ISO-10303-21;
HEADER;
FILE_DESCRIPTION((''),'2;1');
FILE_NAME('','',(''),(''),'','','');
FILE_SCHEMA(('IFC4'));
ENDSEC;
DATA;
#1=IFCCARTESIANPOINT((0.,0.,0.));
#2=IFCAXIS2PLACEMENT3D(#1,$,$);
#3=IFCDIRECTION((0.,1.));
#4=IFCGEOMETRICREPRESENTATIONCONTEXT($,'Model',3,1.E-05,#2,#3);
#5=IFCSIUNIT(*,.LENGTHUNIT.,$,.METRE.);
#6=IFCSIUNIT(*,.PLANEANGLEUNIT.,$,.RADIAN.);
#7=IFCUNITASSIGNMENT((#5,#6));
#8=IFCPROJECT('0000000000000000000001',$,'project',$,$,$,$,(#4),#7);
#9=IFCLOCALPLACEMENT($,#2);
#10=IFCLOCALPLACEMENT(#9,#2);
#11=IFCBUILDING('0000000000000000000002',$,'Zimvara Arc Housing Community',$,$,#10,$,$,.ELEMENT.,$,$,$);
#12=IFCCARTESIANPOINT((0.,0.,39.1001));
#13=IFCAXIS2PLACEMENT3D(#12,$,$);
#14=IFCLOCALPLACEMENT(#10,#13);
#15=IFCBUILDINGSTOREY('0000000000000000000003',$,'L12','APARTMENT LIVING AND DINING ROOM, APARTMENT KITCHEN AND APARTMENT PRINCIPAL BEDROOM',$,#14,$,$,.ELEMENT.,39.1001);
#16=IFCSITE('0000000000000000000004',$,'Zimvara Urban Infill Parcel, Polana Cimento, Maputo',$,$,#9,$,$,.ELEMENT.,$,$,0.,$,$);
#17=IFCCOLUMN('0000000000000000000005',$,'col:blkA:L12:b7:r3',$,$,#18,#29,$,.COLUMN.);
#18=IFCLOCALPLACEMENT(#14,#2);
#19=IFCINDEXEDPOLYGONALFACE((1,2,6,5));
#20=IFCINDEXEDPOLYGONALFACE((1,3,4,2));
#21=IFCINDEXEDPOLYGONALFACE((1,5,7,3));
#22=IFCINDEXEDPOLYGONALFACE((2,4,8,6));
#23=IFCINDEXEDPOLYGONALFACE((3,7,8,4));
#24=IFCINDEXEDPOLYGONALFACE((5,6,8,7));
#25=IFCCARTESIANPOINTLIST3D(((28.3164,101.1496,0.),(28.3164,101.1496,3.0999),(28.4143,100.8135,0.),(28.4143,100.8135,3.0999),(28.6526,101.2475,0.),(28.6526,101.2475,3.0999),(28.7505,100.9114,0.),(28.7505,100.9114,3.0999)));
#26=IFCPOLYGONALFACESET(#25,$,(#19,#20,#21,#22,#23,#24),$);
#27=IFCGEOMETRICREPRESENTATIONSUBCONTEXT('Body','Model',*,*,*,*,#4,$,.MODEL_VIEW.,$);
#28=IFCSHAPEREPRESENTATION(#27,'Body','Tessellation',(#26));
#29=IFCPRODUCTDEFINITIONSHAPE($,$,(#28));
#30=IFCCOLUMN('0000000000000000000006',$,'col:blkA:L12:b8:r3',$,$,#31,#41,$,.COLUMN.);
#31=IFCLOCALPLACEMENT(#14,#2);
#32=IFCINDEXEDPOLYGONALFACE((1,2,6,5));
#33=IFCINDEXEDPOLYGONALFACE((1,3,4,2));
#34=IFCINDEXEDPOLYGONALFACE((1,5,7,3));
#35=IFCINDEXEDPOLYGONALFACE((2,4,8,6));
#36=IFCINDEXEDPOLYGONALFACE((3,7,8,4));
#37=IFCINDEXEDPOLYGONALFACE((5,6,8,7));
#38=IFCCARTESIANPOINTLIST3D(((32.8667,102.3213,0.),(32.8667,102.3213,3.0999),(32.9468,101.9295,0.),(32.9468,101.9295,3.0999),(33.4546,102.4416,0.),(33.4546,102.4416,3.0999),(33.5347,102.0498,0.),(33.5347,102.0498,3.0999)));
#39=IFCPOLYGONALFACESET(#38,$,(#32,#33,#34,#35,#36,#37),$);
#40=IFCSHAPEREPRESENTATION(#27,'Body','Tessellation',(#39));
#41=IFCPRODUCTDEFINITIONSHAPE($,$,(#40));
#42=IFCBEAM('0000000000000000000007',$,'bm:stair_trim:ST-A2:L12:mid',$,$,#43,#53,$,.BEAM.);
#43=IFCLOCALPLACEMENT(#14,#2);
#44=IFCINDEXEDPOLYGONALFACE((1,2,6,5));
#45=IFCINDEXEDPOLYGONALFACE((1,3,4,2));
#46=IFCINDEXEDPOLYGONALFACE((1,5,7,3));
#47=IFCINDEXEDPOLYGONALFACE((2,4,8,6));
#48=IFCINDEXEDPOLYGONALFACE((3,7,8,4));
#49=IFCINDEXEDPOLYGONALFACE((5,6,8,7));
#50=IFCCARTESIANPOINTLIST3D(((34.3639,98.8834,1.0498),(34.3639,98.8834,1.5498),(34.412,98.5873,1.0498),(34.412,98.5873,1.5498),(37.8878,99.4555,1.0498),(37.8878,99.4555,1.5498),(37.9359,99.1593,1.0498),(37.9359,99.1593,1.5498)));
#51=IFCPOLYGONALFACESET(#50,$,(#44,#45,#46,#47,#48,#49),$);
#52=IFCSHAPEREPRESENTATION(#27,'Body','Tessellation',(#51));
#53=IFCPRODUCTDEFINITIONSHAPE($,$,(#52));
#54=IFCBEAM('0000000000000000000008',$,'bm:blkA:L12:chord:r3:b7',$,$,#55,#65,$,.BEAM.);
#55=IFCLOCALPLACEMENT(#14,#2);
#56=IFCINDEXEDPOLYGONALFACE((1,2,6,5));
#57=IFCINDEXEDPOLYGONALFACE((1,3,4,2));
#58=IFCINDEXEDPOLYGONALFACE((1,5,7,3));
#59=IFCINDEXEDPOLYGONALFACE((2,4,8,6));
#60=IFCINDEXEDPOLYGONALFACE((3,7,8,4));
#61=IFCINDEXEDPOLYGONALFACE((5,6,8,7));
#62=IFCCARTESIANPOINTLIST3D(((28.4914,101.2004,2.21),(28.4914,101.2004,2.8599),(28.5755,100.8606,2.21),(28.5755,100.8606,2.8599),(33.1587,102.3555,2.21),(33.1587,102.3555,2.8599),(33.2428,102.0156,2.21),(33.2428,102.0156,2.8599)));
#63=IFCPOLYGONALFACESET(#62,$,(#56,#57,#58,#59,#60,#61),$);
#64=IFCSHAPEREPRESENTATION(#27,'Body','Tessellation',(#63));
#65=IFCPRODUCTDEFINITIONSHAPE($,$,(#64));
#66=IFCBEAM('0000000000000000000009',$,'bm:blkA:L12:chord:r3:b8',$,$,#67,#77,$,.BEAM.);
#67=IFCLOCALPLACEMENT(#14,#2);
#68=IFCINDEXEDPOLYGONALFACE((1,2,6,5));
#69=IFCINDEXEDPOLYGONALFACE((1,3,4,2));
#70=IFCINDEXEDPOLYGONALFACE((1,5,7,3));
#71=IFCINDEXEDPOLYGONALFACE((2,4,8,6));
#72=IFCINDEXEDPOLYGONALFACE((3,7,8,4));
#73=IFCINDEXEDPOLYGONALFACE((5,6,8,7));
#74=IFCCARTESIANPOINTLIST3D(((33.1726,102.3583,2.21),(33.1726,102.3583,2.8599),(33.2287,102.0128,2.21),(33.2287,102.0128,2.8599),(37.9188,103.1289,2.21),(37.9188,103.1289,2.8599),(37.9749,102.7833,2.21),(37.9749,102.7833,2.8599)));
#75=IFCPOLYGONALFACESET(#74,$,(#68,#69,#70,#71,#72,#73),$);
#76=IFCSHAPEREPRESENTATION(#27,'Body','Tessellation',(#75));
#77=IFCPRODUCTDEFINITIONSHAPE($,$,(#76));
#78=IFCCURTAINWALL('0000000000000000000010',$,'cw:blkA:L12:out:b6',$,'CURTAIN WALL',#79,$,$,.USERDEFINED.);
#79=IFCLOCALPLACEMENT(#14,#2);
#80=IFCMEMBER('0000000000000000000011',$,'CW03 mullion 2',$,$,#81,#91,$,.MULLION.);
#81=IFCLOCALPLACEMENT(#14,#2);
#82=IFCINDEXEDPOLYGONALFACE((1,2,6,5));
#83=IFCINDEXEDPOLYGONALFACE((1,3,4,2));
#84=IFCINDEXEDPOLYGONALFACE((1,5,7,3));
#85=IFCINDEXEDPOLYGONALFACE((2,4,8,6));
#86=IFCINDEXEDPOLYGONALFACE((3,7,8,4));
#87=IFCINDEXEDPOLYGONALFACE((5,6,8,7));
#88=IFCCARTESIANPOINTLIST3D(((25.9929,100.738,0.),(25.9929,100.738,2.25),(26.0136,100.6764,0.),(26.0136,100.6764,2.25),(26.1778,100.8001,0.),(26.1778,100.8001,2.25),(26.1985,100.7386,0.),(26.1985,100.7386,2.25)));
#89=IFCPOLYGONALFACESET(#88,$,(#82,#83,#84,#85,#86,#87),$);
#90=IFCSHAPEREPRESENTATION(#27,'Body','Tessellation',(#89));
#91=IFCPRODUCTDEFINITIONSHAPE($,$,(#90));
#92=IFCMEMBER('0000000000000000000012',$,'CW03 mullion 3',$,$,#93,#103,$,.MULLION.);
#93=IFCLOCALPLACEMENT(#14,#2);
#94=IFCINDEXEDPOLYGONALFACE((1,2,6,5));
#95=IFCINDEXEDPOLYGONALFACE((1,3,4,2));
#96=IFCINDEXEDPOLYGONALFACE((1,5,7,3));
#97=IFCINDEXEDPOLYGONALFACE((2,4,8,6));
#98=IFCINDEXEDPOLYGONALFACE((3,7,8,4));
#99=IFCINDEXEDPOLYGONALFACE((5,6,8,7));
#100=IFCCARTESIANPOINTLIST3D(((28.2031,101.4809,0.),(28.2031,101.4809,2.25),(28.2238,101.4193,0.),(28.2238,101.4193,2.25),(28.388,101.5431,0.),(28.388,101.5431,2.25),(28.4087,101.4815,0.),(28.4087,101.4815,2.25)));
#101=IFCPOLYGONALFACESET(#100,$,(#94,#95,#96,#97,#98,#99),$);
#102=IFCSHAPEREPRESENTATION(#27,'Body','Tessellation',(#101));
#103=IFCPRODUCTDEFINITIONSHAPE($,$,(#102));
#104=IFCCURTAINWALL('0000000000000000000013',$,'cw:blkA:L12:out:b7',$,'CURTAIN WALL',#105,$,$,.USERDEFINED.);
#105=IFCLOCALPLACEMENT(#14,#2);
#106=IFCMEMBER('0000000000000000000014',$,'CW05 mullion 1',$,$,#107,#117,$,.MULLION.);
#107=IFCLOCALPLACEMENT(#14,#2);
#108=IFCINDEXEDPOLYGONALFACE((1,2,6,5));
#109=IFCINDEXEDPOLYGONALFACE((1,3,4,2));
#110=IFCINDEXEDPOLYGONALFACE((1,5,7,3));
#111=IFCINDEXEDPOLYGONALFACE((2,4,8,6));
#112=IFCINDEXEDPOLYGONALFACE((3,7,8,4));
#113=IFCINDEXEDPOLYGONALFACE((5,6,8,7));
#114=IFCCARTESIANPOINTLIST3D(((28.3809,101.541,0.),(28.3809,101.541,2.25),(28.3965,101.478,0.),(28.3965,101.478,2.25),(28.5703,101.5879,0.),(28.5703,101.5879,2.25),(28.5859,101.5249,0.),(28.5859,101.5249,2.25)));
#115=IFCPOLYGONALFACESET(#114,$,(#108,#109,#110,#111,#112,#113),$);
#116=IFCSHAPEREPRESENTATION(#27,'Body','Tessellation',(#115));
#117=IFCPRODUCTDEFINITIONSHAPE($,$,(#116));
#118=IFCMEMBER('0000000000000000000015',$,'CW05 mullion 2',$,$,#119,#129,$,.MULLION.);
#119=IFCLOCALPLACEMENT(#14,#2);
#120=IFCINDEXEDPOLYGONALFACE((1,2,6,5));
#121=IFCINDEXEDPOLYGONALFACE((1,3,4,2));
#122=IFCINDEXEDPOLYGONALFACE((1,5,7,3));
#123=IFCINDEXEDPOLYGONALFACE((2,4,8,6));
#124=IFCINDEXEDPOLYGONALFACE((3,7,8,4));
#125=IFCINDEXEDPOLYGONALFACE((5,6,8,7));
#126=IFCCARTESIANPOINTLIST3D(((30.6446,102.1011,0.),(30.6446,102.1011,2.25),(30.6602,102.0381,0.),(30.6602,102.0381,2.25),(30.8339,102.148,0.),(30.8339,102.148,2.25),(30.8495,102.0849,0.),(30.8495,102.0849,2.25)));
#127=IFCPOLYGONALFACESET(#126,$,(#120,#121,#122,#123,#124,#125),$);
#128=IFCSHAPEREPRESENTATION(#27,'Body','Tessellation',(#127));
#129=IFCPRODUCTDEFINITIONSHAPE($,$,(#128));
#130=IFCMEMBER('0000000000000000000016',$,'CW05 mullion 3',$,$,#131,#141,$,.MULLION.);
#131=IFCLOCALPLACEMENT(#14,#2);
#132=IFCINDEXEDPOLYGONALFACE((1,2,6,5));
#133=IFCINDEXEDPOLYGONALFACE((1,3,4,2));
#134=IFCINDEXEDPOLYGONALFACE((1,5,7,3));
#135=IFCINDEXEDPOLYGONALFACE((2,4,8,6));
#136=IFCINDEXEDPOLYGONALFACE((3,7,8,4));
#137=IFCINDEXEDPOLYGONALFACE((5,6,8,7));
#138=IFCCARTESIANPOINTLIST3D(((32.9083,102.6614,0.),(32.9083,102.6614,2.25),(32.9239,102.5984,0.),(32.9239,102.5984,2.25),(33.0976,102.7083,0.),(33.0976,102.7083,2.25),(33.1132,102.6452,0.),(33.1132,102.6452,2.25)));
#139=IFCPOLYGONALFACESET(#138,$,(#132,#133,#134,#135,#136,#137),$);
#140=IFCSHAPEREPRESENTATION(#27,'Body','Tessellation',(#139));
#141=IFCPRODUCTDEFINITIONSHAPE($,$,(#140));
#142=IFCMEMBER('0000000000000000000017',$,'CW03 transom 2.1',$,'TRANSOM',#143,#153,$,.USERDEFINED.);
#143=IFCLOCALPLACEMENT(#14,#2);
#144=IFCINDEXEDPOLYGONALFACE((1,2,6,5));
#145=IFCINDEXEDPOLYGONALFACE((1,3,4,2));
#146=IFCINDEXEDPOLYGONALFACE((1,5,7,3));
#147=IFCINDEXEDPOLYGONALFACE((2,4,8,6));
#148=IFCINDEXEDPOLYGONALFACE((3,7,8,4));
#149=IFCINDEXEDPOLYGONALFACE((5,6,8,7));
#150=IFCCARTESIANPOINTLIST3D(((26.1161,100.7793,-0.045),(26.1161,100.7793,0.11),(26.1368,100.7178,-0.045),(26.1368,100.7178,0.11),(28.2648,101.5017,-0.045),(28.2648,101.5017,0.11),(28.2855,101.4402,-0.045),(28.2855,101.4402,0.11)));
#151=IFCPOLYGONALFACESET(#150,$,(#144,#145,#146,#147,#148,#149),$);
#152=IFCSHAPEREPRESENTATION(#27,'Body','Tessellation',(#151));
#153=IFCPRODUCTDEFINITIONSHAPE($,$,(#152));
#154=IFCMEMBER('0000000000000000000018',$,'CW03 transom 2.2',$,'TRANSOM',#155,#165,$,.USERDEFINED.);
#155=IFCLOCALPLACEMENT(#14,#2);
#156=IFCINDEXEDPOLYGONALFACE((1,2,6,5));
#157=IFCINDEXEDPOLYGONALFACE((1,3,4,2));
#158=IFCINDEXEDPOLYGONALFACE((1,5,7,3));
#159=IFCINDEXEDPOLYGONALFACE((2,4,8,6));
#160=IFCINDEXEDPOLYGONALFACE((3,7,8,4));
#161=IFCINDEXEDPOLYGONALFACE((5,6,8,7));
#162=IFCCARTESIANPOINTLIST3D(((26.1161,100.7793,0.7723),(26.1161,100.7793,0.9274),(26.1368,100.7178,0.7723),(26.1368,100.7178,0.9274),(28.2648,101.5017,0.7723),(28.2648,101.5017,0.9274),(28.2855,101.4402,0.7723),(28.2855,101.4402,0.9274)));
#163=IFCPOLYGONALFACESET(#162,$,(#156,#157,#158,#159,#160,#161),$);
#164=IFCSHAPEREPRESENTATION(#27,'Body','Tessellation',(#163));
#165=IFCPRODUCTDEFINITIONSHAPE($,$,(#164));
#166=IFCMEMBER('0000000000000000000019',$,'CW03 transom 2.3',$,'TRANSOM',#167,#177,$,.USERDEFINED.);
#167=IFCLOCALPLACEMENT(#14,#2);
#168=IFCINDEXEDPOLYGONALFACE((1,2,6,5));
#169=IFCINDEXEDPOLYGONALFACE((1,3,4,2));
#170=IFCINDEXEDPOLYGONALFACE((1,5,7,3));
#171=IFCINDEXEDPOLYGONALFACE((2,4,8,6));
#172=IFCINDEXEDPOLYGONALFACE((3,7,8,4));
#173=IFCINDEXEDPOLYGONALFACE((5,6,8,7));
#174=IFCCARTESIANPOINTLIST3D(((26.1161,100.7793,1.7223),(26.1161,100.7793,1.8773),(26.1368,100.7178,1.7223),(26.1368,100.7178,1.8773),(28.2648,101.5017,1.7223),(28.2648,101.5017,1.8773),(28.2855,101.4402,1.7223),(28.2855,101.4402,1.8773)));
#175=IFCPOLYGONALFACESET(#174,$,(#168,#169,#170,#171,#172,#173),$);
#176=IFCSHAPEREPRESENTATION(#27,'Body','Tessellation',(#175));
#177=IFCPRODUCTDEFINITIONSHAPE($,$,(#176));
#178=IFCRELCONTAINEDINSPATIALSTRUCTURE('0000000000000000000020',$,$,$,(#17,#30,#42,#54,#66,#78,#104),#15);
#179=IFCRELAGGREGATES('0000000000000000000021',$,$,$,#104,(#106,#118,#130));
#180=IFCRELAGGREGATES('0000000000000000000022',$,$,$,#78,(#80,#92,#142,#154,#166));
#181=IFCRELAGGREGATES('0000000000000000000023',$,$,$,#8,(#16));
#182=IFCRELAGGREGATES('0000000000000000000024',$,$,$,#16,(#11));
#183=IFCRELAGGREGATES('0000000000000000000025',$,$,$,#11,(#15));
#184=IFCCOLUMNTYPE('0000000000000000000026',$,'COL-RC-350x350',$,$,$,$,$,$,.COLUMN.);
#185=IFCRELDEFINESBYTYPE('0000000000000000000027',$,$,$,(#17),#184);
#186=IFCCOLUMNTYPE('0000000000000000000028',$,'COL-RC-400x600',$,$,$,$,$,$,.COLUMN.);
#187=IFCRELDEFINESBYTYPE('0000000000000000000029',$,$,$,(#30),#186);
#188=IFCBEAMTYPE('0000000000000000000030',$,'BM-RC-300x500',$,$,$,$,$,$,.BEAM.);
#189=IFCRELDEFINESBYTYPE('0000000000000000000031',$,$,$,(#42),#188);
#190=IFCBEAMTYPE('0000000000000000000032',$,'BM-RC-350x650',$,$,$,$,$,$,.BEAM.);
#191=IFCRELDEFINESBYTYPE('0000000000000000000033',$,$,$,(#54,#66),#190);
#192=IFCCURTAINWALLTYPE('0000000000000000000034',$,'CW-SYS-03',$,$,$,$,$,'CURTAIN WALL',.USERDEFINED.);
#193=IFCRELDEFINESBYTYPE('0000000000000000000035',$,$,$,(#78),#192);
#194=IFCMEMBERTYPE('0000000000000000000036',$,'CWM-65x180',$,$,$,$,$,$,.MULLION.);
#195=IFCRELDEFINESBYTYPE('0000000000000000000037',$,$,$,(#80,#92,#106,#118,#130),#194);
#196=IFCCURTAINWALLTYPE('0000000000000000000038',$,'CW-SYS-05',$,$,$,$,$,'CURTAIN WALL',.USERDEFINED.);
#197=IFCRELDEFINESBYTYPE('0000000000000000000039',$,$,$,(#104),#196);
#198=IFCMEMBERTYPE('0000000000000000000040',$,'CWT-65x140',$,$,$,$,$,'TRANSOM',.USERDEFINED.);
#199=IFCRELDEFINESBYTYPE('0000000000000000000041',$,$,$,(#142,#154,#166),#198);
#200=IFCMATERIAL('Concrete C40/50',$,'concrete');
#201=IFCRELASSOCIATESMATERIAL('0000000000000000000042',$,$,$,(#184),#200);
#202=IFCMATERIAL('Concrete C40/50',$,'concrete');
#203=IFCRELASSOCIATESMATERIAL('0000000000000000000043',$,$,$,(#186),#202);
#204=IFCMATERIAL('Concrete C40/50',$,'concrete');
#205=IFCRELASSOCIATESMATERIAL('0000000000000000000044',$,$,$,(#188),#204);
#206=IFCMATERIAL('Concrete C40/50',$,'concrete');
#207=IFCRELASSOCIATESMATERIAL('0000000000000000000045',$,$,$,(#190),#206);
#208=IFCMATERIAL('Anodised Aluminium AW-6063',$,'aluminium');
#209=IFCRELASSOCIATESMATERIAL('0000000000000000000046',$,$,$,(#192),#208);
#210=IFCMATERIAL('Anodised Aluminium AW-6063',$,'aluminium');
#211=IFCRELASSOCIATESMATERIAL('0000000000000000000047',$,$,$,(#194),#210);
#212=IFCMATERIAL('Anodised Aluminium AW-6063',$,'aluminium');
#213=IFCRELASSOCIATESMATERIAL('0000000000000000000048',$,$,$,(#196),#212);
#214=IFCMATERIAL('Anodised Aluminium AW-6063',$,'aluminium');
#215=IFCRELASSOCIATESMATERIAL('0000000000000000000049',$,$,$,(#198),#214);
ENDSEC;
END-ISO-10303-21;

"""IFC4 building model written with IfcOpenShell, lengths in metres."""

from ifc_helpers import new_model, si_unit, direction, frame, origin, origin_2d, place, context, subcontext, project, spatial, rectangle, extrude, material, material_profile, profile_set, type_object, element, aggregate, save


model = new_model("IFC4")

# Units and contexts
model_context = context("Model", 3, precision=1e-05, world=origin(), true_north=direction((0.0, 1.0)))
body_context = subcontext(model_context, "Body", "Model", "MODEL_VIEW")
ifc_project = project(units=[si_unit("LENGTHUNIT", "METRE"), si_unit("PLANEANGLEUNIT", "RADIAN")], contexts=[model_context])

# Site, building, storey
site_placement = place(None, origin())
site = spatial("IfcSite", under=ifc_project, at=site_placement, Name="Zimvara Urban Infill Parcel, Polana Cimento, Maputo", CompositionType="ELEMENT", RefElevation=0.0)
building_placement = place(site_placement, origin())
building = spatial("IfcBuilding", under=site, at=building_placement, Name="Zimvara Arc Housing Community", CompositionType="ELEMENT")
storey_placement = place(building_placement, frame((0.0, 0.0, 39.1001)))
storey = spatial("IfcBuildingStorey", under=building, at=storey_placement, Name="L12", Description="APARTMENT LIVING AND DINING ROOM, APARTMENT KITCHEN AND APARTMENT PRINCIPAL BEDROOM", CompositionType="ELEMENT", Elevation=39.1001)

# Columns
ifc_material_1 = material(Name="Concrete C40/50", Category="concrete")
ifc_material_profile_1 = material_profile(ifc_material_1, rectangle(XDim=0.3501, YDim=0.3501, at=origin_2d()), Name="RC 350x350")
ifc_profile_set_1 = profile_set([ifc_material_profile_1], Name="Concrete C40/50")
column_type_1 = type_object("IfcColumnType", Name="COL-RC-350x350", PredefinedType="COLUMN", material=ifc_profile_set_1)
column_1_placement = place(storey_placement, frame((28.5334, 101.0305, 0.0), z_axis=(0.0, 0.0, 1.0), x_axis=(-0.279661, 0.960099, 0.0)))
element("IfcColumn", 1, at=column_1_placement, inside=storey, type_object=column_type_1, Name="col:blkA:L12:b7:r3", PredefinedType="COLUMN", context=body_context, shape_type="SweptSolid", body=[
    extrude(rectangle(XDim=0.3501, YDim=0.3501, at=origin_2d()), origin(), (0.0, 0.0, 1.0), 3.0999),
])
ifc_material_2 = material(Name="Concrete C40/50", Category="concrete")
ifc_material_profile_2 = material_profile(ifc_material_2, rectangle(XDim=0.3999, YDim=0.6001, at=origin_2d()), Name="RC 400x600")
ifc_profile_set_2 = profile_set([ifc_material_profile_2], Name="Concrete C40/50")
column_type_2 = type_object("IfcColumnType", Name="COL-RC-400x600", PredefinedType="COLUMN", material=ifc_profile_set_2)
column_2_placement = place(storey_placement, frame((33.2007, 102.1855, 0.0), z_axis=(0.0, 0.0, 1.0), x_axis=(-0.200394, 0.979715, 0.0)))
element("IfcColumn", 2, at=column_2_placement, inside=storey, type_object=column_type_2, Name="col:blkA:L12:b8:r3", PredefinedType="COLUMN", context=body_context, shape_type="SweptSolid", body=[
    extrude(rectangle(XDim=0.3999, YDim=0.6001, at=origin_2d()), origin(), (0.0, 0.0, 1.0), 3.0999),
])

# Beams
ifc_material_3 = material(Name="Concrete C40/50", Category="concrete")
ifc_material_profile_3 = material_profile(ifc_material_3, rectangle(XDim=0.3, YDim=0.5, at=origin_2d()), Name="RC 300x500")
ifc_profile_set_3 = profile_set([ifc_material_profile_3], Name="Concrete C40/50")
beam_type_1 = type_object("IfcBeamType", Name="BM-RC-300x500", PredefinedType="BEAM", material=ifc_profile_set_3)
beam_1_placement = place(storey_placement, frame((37.9119, 99.3074, 1.2998), z_axis=(-0.98708, -0.160228, 0.0), x_axis=(0.160228, -0.98708, 0.0)))
element("IfcBeam", 3, at=beam_1_placement, inside=storey, type_object=beam_type_1, Name="bm:stair_trim:ST-A2:L12:mid", PredefinedType="BEAM", context=body_context, shape_type="SweptSolid", body=[
    extrude(rectangle(XDim=0.3, YDim=0.5, at=origin_2d()), origin(), (0.0, 0.0, 1.0), 3.5701),
])
ifc_material_4 = material(Name="Concrete C40/50", Category="concrete")
ifc_material_profile_4 = material_profile(ifc_material_4, rectangle(XDim=0.3501, YDim=0.6499, at=origin_2d()), Name="RC 350x650")
ifc_profile_set_4 = profile_set([ifc_material_profile_4], Name="Concrete C40/50")
beam_type_2 = type_object("IfcBeamType", Name="BM-RC-350x650", PredefinedType="BEAM", material=ifc_profile_set_4)
beam_2_placement = place(storey_placement, frame((28.5334, 101.0305, 2.5349), z_axis=(0.970716, 0.240229, 0.0), x_axis=(-0.240229, 0.970716, 0.0)))
element("IfcBeam", 4, at=beam_2_placement, inside=storey, type_object=beam_type_2, Name="bm:blkA:L12:chord:r3:b7", PredefinedType="BEAM", context=body_context, shape_type="SweptSolid", body=[
    extrude(rectangle(XDim=0.3501, YDim=0.6499, at=origin_2d()), origin(), (0.0, 0.0, 1.0), 4.8081),
])
beam_3_placement = place(storey_placement, frame((33.2007, 102.1855, 2.5349), z_axis=(0.987077, 0.160248, 0.0), x_axis=(-0.160248, 0.987077, 0.0)))
element("IfcBeam", 5, at=beam_3_placement, inside=storey, type_object=beam_type_2, Name="bm:blkA:L12:chord:r3:b8", PredefinedType="BEAM", context=body_context, shape_type="SweptSolid", body=[
    extrude(rectangle(XDim=0.3501, YDim=0.6499, at=origin_2d()), origin(), (0.0, 0.0, 1.0), 4.8083),
])

# Curtain walls, members
ifc_material_5 = material(Name="Anodised Aluminium AW-6063", Category="aluminium")
curtain_wall_type_1 = type_object("IfcCurtainWallType", Name="CW-SYS-03", ElementType="CURTAIN WALL", PredefinedType="USERDEFINED", material=ifc_material_5)
curtain_wall_1_placement = place(storey_placement, origin())
curtain_wall_1 = element("IfcCurtainWall", 6, at=curtain_wall_1_placement, inside=storey, type_object=curtain_wall_type_1, Name="cw:blkA:L12:out:b6", ObjectType="CURTAIN WALL", PredefinedType="USERDEFINED")
ifc_material_6 = material(Name="Anodised Aluminium AW-6063", Category="aluminium")
ifc_material_profile_5 = material_profile(ifc_material_6, rectangle(XDim=0.0649, YDim=0.1951, at=origin_2d()), Name="ALU 65x195")
ifc_profile_set_5 = profile_set([ifc_material_profile_5], Name="Anodised Aluminium AW-6063")
member_type_1 = type_object("IfcMemberType", Name="CWM-65x180", PredefinedType="MULLION", material=ifc_profile_set_5)
member_1_placement = place(storey_placement, frame((26.0957, 100.7383, 0.0), z_axis=(0.0, 0.0, 1.0), x_axis=(-0.318629, 0.94788, 0.0)))
member_1 = element("IfcMember", 7, at=member_1_placement, type_object=member_type_1, Name="CW03 mullion 2", PredefinedType="MULLION", context=body_context, shape_type="SweptSolid", body=[
    extrude(rectangle(XDim=0.0649, YDim=0.1951, at=origin_2d()), origin(), (0.0, 0.0, 1.0), 2.25),
])
member_2_placement = place(storey_placement, frame((28.3059, 101.4812, 0.0), z_axis=(0.0, 0.0, 1.0), x_axis=(-0.318629, 0.94788, 0.0)))
member_2 = element("IfcMember", 8, at=member_2_placement, type_object=member_type_1, Name="CW03 mullion 3", PredefinedType="MULLION", context=body_context, shape_type="SweptSolid", body=[
    extrude(rectangle(XDim=0.0649, YDim=0.1951, at=origin_2d()), origin(), (0.0, 0.0, 1.0), 2.25),
])
ifc_material_7 = material(Name="Anodised Aluminium AW-6063", Category="aluminium")
curtain_wall_type_2 = type_object("IfcCurtainWallType", Name="CW-SYS-05", ElementType="CURTAIN WALL", PredefinedType="USERDEFINED", material=ifc_material_7)
curtain_wall_2_placement = place(storey_placement, origin())
curtain_wall_2 = element("IfcCurtainWall", 9, at=curtain_wall_2_placement, inside=storey, type_object=curtain_wall_type_2, Name="cw:blkA:L12:out:b7", ObjectType="CURTAIN WALL", PredefinedType="USERDEFINED")
member_3_placement = place(storey_placement, frame((28.4834, 101.533, 0.0), z_axis=(0.0, 0.0, 1.0), x_axis=(-0.24023, 0.970716, 0.0)))
member_3 = element("IfcMember", 10, at=member_3_placement, type_object=member_type_1, Name="CW05 mullion 1", PredefinedType="MULLION", context=body_context, shape_type="SweptSolid", body=[
    extrude(rectangle(XDim=0.0649, YDim=0.1951, at=origin_2d()), origin(), (0.0, 0.0, 1.0), 2.25),
])
member_4_placement = place(storey_placement, frame((30.7471, 102.093, 0.0), z_axis=(0.0, 0.0, 1.0), x_axis=(-0.24023, 0.970716, 0.0)))
member_4 = element("IfcMember", 11, at=member_4_placement, type_object=member_type_1, Name="CW05 mullion 2", PredefinedType="MULLION", context=body_context, shape_type="SweptSolid", body=[
    extrude(rectangle(XDim=0.0649, YDim=0.1951, at=origin_2d()), origin(), (0.0, 0.0, 1.0), 2.25),
])
member_5_placement = place(storey_placement, frame((33.0107, 102.6533, 0.0), z_axis=(0.0, 0.0, 1.0), x_axis=(-0.24023, 0.970716, 0.0)))
member_5 = element("IfcMember", 12, at=member_5_placement, type_object=member_type_1, Name="CW05 mullion 3", PredefinedType="MULLION", context=body_context, shape_type="SweptSolid", body=[
    extrude(rectangle(XDim=0.0649, YDim=0.1951, at=origin_2d()), origin(), (0.0, 0.0, 1.0), 2.25),
])

# Members
ifc_material_8 = material(Name="Anodised Aluminium AW-6063", Category="aluminium")
ifc_material_profile_6 = material_profile(ifc_material_8, rectangle(XDim=0.0649, YDim=0.155, at=origin_2d()), Name="ALU 65x155")
ifc_profile_set_6 = profile_set([ifc_material_profile_6], Name="Anodised Aluminium AW-6063")
member_type_2 = type_object("IfcMemberType", Name="CWT-65x140", ElementType="TRANSOM", PredefinedType="USERDEFINED", material=ifc_profile_set_6)
member_6_placement = place(storey_placement, frame((26.1265, 100.7485, 0.0325), z_axis=(0.947862, 0.318682, 0.0), x_axis=(-0.318682, 0.947862, 0.0)))
member_6 = element("IfcMember", 13, at=member_6_placement, type_object=member_type_2, Name="CW03 transom 2.1", ObjectType="TRANSOM", PredefinedType="USERDEFINED", context=body_context, shape_type="SweptSolid", body=[
    extrude(rectangle(XDim=0.0649, YDim=0.155, at=origin_2d()), origin(), (0.0, 0.0, 1.0), 2.2668),
])
member_7_placement = place(storey_placement, frame((26.1265, 100.7485, 0.8499), z_axis=(0.947862, 0.318682, 0.0), x_axis=(-0.318682, 0.947862, 0.0)))
member_7 = element("IfcMember", 14, at=member_7_placement, type_object=member_type_2, Name="CW03 transom 2.2", ObjectType="TRANSOM", PredefinedType="USERDEFINED", context=body_context, shape_type="SweptSolid", body=[
    extrude(rectangle(XDim=0.0649, YDim=0.155, at=origin_2d()), origin(), (0.0, 0.0, 1.0), 2.2668),
])
member_8_placement = place(storey_placement, frame((26.1265, 100.7485, 1.7998), z_axis=(0.947862, 0.318682, 0.0), x_axis=(-0.318682, 0.947862, 0.0)))
member_8 = element("IfcMember", 15, at=member_8_placement, type_object=member_type_2, Name="CW03 transom 2.3", ObjectType="TRANSOM", PredefinedType="USERDEFINED", context=body_context, shape_type="SweptSolid", body=[
    extrude(rectangle(XDim=0.0649, YDim=0.155, at=origin_2d()), origin(), (0.0, 0.0, 1.0), 2.2668),
])

aggregate(curtain_wall_2, [member_3, member_4, member_5])
aggregate(curtain_wall_1, [member_1, member_2, member_6, member_7, member_8])

save(model, "model.ifc")
